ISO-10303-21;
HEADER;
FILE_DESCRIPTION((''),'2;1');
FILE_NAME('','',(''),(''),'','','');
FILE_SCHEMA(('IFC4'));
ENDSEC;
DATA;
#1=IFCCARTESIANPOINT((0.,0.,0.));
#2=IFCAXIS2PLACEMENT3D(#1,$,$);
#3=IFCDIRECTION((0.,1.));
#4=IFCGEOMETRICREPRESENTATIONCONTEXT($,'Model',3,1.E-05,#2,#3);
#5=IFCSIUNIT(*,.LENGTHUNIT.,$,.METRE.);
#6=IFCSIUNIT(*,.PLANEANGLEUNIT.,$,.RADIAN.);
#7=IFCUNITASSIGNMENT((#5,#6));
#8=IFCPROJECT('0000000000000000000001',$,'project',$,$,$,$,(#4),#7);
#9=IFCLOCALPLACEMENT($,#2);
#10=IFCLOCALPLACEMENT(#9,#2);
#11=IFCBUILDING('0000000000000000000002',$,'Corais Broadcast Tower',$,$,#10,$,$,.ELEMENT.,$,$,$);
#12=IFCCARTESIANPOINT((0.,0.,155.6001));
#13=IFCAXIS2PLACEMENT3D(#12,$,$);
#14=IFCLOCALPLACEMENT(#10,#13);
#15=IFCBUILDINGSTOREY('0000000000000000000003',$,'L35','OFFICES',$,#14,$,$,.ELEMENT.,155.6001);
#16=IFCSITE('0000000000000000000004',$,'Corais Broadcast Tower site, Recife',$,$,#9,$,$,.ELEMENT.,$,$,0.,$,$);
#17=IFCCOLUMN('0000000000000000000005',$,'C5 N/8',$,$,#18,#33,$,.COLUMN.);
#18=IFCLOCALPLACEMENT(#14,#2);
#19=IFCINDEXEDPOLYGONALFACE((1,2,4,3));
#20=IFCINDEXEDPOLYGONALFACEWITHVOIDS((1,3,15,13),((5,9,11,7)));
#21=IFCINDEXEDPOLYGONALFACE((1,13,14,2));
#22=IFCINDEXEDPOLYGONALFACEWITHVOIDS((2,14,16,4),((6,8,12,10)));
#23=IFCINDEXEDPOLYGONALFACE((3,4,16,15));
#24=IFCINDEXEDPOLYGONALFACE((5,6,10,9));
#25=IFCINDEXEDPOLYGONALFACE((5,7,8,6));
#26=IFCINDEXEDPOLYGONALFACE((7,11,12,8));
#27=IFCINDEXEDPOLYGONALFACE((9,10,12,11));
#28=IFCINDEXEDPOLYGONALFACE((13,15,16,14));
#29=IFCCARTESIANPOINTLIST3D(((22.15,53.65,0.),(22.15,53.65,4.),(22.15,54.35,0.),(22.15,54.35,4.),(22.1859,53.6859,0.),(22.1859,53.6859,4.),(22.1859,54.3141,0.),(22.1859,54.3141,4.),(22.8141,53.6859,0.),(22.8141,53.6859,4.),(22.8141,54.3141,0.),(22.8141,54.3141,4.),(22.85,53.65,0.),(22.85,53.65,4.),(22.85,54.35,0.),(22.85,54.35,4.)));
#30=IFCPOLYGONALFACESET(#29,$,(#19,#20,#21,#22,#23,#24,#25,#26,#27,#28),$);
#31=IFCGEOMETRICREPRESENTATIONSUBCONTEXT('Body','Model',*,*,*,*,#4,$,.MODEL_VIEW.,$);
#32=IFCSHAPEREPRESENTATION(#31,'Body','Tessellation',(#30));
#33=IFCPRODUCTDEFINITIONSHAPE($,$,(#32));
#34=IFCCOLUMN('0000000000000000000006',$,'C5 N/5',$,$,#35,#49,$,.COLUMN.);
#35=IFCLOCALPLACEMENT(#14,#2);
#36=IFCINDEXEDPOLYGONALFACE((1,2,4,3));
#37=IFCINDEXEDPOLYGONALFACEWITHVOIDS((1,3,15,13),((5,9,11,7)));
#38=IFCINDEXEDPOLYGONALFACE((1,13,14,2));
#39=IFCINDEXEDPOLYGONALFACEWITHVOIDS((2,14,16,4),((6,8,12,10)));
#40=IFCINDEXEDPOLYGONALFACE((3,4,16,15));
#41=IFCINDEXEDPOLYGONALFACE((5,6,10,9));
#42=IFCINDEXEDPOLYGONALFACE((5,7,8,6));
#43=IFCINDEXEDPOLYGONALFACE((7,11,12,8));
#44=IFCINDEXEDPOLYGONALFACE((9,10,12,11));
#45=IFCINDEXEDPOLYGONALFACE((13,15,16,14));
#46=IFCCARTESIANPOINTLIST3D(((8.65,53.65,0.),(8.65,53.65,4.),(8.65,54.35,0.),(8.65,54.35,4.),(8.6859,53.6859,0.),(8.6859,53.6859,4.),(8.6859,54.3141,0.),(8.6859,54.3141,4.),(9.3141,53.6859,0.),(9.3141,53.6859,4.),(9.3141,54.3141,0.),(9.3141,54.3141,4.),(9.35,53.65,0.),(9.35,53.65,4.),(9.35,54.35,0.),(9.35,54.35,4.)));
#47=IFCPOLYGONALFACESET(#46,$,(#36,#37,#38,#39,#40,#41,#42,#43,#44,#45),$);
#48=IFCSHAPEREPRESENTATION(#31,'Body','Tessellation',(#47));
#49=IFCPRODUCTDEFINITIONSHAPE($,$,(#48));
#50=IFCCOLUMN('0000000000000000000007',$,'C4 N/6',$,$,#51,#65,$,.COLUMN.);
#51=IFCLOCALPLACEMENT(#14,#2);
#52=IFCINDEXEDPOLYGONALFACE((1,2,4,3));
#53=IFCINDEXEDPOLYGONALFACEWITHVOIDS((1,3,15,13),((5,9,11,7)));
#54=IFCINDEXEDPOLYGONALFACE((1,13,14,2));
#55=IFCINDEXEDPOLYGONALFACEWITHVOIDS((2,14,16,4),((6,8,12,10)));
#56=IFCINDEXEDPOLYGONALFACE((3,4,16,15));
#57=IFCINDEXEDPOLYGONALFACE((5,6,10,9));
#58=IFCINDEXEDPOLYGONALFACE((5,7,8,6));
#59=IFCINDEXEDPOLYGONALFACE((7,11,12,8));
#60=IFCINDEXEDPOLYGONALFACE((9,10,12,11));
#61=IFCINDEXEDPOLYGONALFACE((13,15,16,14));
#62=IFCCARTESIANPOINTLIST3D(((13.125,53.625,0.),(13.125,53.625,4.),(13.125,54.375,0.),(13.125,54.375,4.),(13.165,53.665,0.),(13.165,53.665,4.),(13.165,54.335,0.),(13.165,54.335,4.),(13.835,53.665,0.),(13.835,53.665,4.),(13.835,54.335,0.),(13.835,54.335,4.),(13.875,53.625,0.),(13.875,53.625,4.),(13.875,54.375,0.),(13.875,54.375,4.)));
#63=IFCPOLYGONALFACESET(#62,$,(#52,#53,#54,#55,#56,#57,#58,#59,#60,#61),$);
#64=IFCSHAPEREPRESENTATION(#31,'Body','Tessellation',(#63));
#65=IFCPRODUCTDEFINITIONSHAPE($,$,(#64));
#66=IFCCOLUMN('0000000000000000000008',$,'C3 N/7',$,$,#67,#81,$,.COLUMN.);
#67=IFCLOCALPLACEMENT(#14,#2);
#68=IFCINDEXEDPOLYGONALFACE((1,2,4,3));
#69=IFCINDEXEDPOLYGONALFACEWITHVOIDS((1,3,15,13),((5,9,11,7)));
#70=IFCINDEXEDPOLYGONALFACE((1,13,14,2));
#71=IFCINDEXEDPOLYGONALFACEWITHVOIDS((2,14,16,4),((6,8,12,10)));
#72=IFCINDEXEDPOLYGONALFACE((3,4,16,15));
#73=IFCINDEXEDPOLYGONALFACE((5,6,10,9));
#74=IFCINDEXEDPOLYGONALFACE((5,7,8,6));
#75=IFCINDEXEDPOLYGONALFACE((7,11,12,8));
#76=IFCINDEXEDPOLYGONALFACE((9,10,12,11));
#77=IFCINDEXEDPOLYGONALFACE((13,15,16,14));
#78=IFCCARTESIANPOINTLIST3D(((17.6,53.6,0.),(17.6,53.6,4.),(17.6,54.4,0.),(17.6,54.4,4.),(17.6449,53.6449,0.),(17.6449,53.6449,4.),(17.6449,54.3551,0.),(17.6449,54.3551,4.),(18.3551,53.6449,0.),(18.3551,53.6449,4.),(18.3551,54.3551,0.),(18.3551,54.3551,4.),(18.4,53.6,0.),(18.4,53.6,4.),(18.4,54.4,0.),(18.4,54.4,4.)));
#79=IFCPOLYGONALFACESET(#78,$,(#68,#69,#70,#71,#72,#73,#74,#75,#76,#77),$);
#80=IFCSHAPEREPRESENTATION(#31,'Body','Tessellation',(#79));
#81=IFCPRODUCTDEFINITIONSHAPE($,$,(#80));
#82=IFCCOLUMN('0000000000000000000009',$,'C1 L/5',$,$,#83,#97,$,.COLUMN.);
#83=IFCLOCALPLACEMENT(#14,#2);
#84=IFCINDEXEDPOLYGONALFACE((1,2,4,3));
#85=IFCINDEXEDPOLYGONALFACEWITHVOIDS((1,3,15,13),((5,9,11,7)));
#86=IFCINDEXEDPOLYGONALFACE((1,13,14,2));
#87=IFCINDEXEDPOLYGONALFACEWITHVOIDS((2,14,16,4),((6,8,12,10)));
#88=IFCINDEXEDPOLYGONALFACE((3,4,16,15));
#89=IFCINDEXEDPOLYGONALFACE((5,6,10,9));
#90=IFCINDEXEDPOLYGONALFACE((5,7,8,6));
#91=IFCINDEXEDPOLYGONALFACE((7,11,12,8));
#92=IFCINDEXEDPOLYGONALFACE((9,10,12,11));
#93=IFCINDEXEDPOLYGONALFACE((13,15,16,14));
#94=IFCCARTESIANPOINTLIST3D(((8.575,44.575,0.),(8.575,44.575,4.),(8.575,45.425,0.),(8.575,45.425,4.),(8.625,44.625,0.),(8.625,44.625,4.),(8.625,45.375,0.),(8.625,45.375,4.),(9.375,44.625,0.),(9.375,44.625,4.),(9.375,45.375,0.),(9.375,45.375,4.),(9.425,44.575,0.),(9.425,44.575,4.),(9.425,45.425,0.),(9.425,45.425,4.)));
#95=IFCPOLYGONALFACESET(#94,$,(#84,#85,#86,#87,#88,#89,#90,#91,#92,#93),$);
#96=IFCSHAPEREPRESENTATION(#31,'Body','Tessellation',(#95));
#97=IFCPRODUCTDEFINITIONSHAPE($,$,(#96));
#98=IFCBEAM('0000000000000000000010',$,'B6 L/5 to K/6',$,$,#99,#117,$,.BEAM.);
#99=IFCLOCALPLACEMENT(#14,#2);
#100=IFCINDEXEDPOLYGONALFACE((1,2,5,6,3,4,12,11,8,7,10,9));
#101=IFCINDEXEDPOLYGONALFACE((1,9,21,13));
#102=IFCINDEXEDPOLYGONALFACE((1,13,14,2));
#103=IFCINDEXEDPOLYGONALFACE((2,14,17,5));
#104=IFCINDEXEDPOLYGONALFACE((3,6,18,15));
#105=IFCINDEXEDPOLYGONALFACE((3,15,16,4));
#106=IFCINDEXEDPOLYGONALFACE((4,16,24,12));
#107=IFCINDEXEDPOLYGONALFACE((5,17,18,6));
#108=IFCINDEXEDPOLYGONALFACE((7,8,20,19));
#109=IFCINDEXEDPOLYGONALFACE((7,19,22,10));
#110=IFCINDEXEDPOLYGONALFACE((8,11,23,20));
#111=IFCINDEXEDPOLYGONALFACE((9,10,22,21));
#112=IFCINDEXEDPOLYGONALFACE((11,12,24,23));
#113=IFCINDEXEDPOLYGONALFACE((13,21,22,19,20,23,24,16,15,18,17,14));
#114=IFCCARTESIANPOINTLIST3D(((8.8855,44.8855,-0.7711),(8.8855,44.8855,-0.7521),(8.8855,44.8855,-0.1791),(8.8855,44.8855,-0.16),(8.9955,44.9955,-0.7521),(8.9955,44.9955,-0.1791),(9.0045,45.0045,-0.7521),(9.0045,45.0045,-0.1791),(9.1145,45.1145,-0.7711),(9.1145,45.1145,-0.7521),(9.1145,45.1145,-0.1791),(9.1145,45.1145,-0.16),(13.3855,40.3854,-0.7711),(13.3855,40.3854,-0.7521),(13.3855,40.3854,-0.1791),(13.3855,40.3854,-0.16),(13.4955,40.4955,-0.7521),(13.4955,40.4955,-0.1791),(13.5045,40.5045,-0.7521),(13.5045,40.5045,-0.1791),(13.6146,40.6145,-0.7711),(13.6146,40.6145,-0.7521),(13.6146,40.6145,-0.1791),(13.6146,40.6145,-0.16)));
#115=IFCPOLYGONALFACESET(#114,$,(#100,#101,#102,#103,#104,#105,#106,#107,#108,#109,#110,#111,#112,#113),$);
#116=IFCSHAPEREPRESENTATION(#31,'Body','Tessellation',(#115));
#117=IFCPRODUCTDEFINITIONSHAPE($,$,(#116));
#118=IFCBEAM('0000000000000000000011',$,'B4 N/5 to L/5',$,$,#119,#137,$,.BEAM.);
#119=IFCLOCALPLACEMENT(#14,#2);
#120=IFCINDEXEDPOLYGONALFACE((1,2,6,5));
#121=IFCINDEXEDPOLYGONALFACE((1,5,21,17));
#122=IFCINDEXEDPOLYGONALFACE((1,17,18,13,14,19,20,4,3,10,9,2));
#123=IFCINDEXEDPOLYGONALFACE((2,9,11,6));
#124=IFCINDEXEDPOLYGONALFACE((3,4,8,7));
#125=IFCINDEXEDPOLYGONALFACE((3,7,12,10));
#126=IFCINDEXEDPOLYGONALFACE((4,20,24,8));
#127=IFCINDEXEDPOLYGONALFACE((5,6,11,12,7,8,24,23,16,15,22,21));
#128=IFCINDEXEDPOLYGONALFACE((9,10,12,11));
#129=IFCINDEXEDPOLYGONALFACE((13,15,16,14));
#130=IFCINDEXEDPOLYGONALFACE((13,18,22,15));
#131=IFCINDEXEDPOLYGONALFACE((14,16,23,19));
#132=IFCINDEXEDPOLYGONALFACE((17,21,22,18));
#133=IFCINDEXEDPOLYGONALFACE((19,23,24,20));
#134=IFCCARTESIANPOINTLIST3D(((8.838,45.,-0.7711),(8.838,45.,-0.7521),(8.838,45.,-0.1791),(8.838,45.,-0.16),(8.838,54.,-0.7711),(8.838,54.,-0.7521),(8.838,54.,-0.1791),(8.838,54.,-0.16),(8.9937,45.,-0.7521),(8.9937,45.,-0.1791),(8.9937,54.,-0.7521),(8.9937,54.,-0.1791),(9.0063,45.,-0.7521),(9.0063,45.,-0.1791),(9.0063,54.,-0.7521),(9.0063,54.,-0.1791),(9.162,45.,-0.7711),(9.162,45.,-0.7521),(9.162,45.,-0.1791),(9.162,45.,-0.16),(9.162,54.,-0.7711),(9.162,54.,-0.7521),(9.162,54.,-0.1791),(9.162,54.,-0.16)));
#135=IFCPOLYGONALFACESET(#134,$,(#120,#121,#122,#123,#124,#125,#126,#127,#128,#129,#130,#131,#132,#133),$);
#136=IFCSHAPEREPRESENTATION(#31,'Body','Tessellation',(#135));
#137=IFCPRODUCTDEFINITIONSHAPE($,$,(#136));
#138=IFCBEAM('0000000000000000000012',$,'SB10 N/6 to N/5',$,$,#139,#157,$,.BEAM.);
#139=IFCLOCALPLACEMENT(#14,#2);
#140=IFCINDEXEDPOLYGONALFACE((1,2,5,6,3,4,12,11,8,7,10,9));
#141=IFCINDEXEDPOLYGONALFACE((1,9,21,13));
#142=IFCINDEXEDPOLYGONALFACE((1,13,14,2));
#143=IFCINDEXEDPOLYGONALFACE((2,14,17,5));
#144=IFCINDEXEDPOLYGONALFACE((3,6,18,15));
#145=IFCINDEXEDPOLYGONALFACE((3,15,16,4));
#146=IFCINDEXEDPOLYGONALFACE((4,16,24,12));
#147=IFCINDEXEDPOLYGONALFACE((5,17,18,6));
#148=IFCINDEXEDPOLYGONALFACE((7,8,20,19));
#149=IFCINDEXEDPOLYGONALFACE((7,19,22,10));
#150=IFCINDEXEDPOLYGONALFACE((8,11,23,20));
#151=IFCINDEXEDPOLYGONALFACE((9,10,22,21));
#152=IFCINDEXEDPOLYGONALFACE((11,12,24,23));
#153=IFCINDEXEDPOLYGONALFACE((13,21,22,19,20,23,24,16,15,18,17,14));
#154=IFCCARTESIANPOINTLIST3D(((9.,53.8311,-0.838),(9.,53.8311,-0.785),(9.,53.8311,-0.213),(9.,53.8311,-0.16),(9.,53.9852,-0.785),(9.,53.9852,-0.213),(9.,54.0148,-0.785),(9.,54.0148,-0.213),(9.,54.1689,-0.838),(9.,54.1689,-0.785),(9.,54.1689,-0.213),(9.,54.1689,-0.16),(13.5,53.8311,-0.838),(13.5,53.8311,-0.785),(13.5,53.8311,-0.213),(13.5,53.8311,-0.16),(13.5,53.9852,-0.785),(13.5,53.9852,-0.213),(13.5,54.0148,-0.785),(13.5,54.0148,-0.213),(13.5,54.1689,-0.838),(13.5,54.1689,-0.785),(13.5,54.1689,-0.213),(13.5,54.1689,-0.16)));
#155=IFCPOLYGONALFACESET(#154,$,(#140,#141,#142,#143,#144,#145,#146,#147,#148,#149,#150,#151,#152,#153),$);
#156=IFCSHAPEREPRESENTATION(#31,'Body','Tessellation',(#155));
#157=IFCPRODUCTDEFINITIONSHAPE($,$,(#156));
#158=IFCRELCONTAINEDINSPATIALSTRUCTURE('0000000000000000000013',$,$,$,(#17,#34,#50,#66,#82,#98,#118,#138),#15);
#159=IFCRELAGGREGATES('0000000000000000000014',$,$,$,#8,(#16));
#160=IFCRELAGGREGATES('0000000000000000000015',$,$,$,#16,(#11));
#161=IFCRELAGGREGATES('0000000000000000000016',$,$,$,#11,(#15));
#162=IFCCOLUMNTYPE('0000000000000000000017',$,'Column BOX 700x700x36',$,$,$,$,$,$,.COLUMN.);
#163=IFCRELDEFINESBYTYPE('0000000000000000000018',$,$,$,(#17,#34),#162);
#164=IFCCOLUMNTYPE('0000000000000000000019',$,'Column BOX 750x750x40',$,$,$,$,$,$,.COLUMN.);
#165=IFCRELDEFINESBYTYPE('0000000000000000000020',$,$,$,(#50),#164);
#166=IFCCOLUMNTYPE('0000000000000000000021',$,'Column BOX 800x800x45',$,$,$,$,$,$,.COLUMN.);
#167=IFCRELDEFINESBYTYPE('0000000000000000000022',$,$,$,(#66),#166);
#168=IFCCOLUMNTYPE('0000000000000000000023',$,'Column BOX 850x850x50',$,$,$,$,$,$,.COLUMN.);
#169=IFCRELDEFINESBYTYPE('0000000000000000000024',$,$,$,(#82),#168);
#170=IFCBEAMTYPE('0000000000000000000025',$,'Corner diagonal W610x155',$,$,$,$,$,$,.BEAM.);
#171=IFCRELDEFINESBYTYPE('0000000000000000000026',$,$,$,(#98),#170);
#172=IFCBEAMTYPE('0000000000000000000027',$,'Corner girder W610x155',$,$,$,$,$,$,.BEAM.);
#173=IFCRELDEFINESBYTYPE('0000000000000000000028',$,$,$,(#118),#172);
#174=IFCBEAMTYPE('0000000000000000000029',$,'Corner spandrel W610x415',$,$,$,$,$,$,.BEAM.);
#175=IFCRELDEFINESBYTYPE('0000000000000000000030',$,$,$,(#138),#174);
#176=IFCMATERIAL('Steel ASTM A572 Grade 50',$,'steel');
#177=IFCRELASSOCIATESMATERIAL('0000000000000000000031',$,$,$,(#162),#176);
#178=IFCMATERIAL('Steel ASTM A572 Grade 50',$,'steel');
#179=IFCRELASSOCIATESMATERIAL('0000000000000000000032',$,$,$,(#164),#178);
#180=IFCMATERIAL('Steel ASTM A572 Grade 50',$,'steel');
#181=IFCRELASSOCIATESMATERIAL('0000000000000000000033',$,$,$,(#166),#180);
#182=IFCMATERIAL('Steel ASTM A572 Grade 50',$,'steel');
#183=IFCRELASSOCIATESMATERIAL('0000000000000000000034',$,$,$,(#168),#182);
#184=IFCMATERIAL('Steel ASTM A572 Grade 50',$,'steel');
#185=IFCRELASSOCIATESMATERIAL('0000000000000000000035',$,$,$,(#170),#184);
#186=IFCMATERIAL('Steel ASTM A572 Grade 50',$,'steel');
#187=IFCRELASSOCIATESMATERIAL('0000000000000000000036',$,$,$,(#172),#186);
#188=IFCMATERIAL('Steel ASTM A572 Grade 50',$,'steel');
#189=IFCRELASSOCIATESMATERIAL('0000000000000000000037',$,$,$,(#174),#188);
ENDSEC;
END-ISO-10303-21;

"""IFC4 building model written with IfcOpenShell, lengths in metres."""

from ifc_helpers import new_model, si_unit, direction, frame, origin, origin_2d, place, context, subcontext, project, spatial, hollow_rectangle, i_section, extrude, material, material_profile, profile_set, type_object, element, save


model = new_model("IFC4")

# Units and contexts
model_context = context("Model", 3, precision=1e-05, world=origin(), true_north=direction((0.0, 1.0)))
body_context = subcontext(model_context, "Body", "Model", "MODEL_VIEW")
ifc_project = project(units=[si_unit("LENGTHUNIT", "METRE"), si_unit("PLANEANGLEUNIT", "RADIAN")], contexts=[model_context])

# Site, building, storey
site_placement = place(None, origin())
site = spatial("IfcSite", under=ifc_project, at=site_placement, Name="Corais Broadcast Tower site, Recife", CompositionType="ELEMENT", RefElevation=0.0)
building_placement = place(site_placement, origin())
building = spatial("IfcBuilding", under=site, at=building_placement, Name="Corais Broadcast Tower", CompositionType="ELEMENT")
storey_placement = place(building_placement, frame((0.0, 0.0, 155.6001)))
storey = spatial("IfcBuildingStorey", under=building, at=storey_placement, Name="L35", Description="OFFICES", CompositionType="ELEMENT", Elevation=155.6001)

# Columns
ifc_material_1 = material(Name="Steel ASTM A572 Grade 50", Category="steel")
ifc_material_profile_1 = material_profile(ifc_material_1, hollow_rectangle(XDim=0.7, YDim=0.7, WallThickness=0.0359, at=origin_2d()), Name="BOX 700x700x36")
ifc_profile_set_1 = profile_set([ifc_material_profile_1], Name="Steel ASTM A572 Grade 50")
column_type_1 = type_object("IfcColumnType", Name="Column BOX 700x700x36", PredefinedType="COLUMN", material=ifc_profile_set_1)
for number, where, z_axis, x_axis, name in (
    (1, (22.5, 54.0, 0.0), (0.0, 0.0, 1.0), (1.0, 0.0, 0.0), "C5 N/8"),
    (2, (9.0, 54.0, 0.0), (0.0, 0.0, 1.0), (1.0, 0.0, 0.0), "C5 N/5"),
):
    element("IfcColumn", number, at=place(storey_placement, frame(where, z_axis=z_axis, x_axis=x_axis)), inside=storey, type_object=column_type_1, Name=name, PredefinedType="COLUMN", context=body_context, shape_type="SweptSolid", body=[
        extrude(hollow_rectangle(XDim=0.7, YDim=0.7, WallThickness=0.0359, at=origin_2d()), origin(), (0.0, 0.0, 1.0), 4.0),
    ])
ifc_material_2 = material(Name="Steel ASTM A572 Grade 50", Category="steel")
ifc_material_profile_2 = material_profile(ifc_material_2, hollow_rectangle(XDim=0.75, YDim=0.75, WallThickness=0.04, at=origin_2d()), Name="BOX 750x750x40")
ifc_profile_set_2 = profile_set([ifc_material_profile_2], Name="Steel ASTM A572 Grade 50")
column_type_2 = type_object("IfcColumnType", Name="Column BOX 750x750x40", PredefinedType="COLUMN", material=ifc_profile_set_2)
column_1_placement = place(storey_placement, frame((13.5, 54.0, 0.0), z_axis=(0.0, 0.0, 1.0), x_axis=(1.0, 0.0, 0.0)))
element("IfcColumn", 3, at=column_1_placement, inside=storey, type_object=column_type_2, Name="C4 N/6", PredefinedType="COLUMN", context=body_context, shape_type="SweptSolid", body=[
    extrude(hollow_rectangle(XDim=0.75, YDim=0.75, WallThickness=0.04, at=origin_2d()), origin(), (0.0, 0.0, 1.0), 4.0),
])
ifc_material_3 = material(Name="Steel ASTM A572 Grade 50", Category="steel")
ifc_material_profile_3 = material_profile(ifc_material_3, hollow_rectangle(XDim=0.8, YDim=0.8, WallThickness=0.0449, at=origin_2d()), Name="BOX 800x800x45")
ifc_profile_set_3 = profile_set([ifc_material_profile_3], Name="Steel ASTM A572 Grade 50")
column_type_3 = type_object("IfcColumnType", Name="Column BOX 800x800x45", PredefinedType="COLUMN", material=ifc_profile_set_3)
column_2_placement = place(storey_placement, frame((18.0, 54.0, 0.0), z_axis=(0.0, 0.0, 1.0), x_axis=(1.0, 0.0, 0.0)))
element("IfcColumn", 4, at=column_2_placement, inside=storey, type_object=column_type_3, Name="C3 N/7", PredefinedType="COLUMN", context=body_context, shape_type="SweptSolid", body=[
    extrude(hollow_rectangle(XDim=0.8, YDim=0.8, WallThickness=0.0449, at=origin_2d()), origin(), (0.0, 0.0, 1.0), 4.0),
])
ifc_material_4 = material(Name="Steel ASTM A572 Grade 50", Category="steel")
ifc_material_profile_4 = material_profile(ifc_material_4, hollow_rectangle(XDim=0.8501, YDim=0.8501, WallThickness=0.05, at=origin_2d()), Name="BOX 850x850x50")
ifc_profile_set_4 = profile_set([ifc_material_profile_4], Name="Steel ASTM A572 Grade 50")
column_type_4 = type_object("IfcColumnType", Name="Column BOX 850x850x50", PredefinedType="COLUMN", material=ifc_profile_set_4)
column_3_placement = place(storey_placement, frame((9.0, 45.0, 0.0), z_axis=(0.0, 0.0, 1.0), x_axis=(1.0, 0.0, 0.0)))
element("IfcColumn", 5, at=column_3_placement, inside=storey, type_object=column_type_4, Name="C1 L/5", PredefinedType="COLUMN", context=body_context, shape_type="SweptSolid", body=[
    extrude(hollow_rectangle(XDim=0.8501, YDim=0.8501, WallThickness=0.05, at=origin_2d()), origin(), (0.0, 0.0, 1.0), 4.0),
])

# Beams
ifc_material_5 = material(Name="Steel ASTM A572 Grade 50", Category="steel")
ifc_material_profile_5 = material_profile(ifc_material_5, i_section(OverallWidth=0.324, OverallDepth=0.6111, WebThickness=0.0127, FlangeThickness=0.019, at=origin_2d()), Name="W610x155")
ifc_profile_set_5 = profile_set([ifc_material_profile_5], Name="Steel ASTM A572 Grade 50")
beam_type_1 = type_object("IfcBeamType", Name="Corner diagonal W610x155", PredefinedType="BEAM", material=ifc_profile_set_5)
beam_1_placement = place(storey_placement, frame((9.0, 45.0, -0.4656), z_axis=(0.707107, -0.707107, 0.0), x_axis=(0.707107, 0.707107, 0.0)))
element("IfcBeam", 6, at=beam_1_placement, inside=storey, type_object=beam_type_1, Name="B6 L/5 to K/6", PredefinedType="BEAM", context=body_context, shape_type="SweptSolid", body=[
    extrude(i_section(OverallWidth=0.324, OverallDepth=0.6111, WebThickness=0.0127, FlangeThickness=0.019, at=origin_2d()), origin(), (0.0, 0.0, 1.0), 6.364),
])
ifc_material_6 = material(Name="Steel ASTM A572 Grade 50", Category="steel")
ifc_material_profile_6 = material_profile(ifc_material_6, i_section(OverallWidth=0.324, OverallDepth=0.6111, WebThickness=0.0127, FlangeThickness=0.019, at=origin_2d()), Name="W610x155")
ifc_profile_set_6 = profile_set([ifc_material_profile_6], Name="Steel ASTM A572 Grade 50")
beam_type_2 = type_object("IfcBeamType", Name="Corner girder W610x155", PredefinedType="BEAM", material=ifc_profile_set_6)
beam_2_placement = place(storey_placement, frame((9.0, 54.0, -0.4656), z_axis=(0.0, -1.0, 0.0), x_axis=(1.0, 0.0, 0.0)))
element("IfcBeam", 7, at=beam_2_placement, inside=storey, type_object=beam_type_2, Name="B4 N/5 to L/5", PredefinedType="BEAM", context=body_context, shape_type="SweptSolid", body=[
    extrude(i_section(OverallWidth=0.324, OverallDepth=0.6111, WebThickness=0.0127, FlangeThickness=0.019, at=origin_2d()), origin(), (0.0, 0.0, 1.0), 9.0),
])
ifc_material_7 = material(Name="Steel ASTM A572 Grade 50", Category="steel")
ifc_material_profile_7 = material_profile(ifc_material_7, i_section(OverallWidth=0.3379, OverallDepth=0.678, WebThickness=0.0295, FlangeThickness=0.053, at=origin_2d()), Name="W610x415")
ifc_profile_set_7 = profile_set([ifc_material_profile_7], Name="Steel ASTM A572 Grade 50")
beam_type_3 = type_object("IfcBeamType", Name="Corner spandrel W610x415", PredefinedType="BEAM", material=ifc_profile_set_7)
beam_3_placement = place(storey_placement, frame((13.5, 54.0, -0.499), z_axis=(-1.0, 0.0, 0.0), x_axis=(0.0, -1.0, 0.0)))
element("IfcBeam", 8, at=beam_3_placement, inside=storey, type_object=beam_type_3, Name="SB10 N/6 to N/5", PredefinedType="BEAM", context=body_context, shape_type="SweptSolid", body=[
    extrude(i_section(OverallWidth=0.3379, OverallDepth=0.678, WebThickness=0.0295, FlangeThickness=0.053, at=origin_2d()), origin(), (0.0, 0.0, 1.0), 4.5),
])

save(model, "model.ifc")
